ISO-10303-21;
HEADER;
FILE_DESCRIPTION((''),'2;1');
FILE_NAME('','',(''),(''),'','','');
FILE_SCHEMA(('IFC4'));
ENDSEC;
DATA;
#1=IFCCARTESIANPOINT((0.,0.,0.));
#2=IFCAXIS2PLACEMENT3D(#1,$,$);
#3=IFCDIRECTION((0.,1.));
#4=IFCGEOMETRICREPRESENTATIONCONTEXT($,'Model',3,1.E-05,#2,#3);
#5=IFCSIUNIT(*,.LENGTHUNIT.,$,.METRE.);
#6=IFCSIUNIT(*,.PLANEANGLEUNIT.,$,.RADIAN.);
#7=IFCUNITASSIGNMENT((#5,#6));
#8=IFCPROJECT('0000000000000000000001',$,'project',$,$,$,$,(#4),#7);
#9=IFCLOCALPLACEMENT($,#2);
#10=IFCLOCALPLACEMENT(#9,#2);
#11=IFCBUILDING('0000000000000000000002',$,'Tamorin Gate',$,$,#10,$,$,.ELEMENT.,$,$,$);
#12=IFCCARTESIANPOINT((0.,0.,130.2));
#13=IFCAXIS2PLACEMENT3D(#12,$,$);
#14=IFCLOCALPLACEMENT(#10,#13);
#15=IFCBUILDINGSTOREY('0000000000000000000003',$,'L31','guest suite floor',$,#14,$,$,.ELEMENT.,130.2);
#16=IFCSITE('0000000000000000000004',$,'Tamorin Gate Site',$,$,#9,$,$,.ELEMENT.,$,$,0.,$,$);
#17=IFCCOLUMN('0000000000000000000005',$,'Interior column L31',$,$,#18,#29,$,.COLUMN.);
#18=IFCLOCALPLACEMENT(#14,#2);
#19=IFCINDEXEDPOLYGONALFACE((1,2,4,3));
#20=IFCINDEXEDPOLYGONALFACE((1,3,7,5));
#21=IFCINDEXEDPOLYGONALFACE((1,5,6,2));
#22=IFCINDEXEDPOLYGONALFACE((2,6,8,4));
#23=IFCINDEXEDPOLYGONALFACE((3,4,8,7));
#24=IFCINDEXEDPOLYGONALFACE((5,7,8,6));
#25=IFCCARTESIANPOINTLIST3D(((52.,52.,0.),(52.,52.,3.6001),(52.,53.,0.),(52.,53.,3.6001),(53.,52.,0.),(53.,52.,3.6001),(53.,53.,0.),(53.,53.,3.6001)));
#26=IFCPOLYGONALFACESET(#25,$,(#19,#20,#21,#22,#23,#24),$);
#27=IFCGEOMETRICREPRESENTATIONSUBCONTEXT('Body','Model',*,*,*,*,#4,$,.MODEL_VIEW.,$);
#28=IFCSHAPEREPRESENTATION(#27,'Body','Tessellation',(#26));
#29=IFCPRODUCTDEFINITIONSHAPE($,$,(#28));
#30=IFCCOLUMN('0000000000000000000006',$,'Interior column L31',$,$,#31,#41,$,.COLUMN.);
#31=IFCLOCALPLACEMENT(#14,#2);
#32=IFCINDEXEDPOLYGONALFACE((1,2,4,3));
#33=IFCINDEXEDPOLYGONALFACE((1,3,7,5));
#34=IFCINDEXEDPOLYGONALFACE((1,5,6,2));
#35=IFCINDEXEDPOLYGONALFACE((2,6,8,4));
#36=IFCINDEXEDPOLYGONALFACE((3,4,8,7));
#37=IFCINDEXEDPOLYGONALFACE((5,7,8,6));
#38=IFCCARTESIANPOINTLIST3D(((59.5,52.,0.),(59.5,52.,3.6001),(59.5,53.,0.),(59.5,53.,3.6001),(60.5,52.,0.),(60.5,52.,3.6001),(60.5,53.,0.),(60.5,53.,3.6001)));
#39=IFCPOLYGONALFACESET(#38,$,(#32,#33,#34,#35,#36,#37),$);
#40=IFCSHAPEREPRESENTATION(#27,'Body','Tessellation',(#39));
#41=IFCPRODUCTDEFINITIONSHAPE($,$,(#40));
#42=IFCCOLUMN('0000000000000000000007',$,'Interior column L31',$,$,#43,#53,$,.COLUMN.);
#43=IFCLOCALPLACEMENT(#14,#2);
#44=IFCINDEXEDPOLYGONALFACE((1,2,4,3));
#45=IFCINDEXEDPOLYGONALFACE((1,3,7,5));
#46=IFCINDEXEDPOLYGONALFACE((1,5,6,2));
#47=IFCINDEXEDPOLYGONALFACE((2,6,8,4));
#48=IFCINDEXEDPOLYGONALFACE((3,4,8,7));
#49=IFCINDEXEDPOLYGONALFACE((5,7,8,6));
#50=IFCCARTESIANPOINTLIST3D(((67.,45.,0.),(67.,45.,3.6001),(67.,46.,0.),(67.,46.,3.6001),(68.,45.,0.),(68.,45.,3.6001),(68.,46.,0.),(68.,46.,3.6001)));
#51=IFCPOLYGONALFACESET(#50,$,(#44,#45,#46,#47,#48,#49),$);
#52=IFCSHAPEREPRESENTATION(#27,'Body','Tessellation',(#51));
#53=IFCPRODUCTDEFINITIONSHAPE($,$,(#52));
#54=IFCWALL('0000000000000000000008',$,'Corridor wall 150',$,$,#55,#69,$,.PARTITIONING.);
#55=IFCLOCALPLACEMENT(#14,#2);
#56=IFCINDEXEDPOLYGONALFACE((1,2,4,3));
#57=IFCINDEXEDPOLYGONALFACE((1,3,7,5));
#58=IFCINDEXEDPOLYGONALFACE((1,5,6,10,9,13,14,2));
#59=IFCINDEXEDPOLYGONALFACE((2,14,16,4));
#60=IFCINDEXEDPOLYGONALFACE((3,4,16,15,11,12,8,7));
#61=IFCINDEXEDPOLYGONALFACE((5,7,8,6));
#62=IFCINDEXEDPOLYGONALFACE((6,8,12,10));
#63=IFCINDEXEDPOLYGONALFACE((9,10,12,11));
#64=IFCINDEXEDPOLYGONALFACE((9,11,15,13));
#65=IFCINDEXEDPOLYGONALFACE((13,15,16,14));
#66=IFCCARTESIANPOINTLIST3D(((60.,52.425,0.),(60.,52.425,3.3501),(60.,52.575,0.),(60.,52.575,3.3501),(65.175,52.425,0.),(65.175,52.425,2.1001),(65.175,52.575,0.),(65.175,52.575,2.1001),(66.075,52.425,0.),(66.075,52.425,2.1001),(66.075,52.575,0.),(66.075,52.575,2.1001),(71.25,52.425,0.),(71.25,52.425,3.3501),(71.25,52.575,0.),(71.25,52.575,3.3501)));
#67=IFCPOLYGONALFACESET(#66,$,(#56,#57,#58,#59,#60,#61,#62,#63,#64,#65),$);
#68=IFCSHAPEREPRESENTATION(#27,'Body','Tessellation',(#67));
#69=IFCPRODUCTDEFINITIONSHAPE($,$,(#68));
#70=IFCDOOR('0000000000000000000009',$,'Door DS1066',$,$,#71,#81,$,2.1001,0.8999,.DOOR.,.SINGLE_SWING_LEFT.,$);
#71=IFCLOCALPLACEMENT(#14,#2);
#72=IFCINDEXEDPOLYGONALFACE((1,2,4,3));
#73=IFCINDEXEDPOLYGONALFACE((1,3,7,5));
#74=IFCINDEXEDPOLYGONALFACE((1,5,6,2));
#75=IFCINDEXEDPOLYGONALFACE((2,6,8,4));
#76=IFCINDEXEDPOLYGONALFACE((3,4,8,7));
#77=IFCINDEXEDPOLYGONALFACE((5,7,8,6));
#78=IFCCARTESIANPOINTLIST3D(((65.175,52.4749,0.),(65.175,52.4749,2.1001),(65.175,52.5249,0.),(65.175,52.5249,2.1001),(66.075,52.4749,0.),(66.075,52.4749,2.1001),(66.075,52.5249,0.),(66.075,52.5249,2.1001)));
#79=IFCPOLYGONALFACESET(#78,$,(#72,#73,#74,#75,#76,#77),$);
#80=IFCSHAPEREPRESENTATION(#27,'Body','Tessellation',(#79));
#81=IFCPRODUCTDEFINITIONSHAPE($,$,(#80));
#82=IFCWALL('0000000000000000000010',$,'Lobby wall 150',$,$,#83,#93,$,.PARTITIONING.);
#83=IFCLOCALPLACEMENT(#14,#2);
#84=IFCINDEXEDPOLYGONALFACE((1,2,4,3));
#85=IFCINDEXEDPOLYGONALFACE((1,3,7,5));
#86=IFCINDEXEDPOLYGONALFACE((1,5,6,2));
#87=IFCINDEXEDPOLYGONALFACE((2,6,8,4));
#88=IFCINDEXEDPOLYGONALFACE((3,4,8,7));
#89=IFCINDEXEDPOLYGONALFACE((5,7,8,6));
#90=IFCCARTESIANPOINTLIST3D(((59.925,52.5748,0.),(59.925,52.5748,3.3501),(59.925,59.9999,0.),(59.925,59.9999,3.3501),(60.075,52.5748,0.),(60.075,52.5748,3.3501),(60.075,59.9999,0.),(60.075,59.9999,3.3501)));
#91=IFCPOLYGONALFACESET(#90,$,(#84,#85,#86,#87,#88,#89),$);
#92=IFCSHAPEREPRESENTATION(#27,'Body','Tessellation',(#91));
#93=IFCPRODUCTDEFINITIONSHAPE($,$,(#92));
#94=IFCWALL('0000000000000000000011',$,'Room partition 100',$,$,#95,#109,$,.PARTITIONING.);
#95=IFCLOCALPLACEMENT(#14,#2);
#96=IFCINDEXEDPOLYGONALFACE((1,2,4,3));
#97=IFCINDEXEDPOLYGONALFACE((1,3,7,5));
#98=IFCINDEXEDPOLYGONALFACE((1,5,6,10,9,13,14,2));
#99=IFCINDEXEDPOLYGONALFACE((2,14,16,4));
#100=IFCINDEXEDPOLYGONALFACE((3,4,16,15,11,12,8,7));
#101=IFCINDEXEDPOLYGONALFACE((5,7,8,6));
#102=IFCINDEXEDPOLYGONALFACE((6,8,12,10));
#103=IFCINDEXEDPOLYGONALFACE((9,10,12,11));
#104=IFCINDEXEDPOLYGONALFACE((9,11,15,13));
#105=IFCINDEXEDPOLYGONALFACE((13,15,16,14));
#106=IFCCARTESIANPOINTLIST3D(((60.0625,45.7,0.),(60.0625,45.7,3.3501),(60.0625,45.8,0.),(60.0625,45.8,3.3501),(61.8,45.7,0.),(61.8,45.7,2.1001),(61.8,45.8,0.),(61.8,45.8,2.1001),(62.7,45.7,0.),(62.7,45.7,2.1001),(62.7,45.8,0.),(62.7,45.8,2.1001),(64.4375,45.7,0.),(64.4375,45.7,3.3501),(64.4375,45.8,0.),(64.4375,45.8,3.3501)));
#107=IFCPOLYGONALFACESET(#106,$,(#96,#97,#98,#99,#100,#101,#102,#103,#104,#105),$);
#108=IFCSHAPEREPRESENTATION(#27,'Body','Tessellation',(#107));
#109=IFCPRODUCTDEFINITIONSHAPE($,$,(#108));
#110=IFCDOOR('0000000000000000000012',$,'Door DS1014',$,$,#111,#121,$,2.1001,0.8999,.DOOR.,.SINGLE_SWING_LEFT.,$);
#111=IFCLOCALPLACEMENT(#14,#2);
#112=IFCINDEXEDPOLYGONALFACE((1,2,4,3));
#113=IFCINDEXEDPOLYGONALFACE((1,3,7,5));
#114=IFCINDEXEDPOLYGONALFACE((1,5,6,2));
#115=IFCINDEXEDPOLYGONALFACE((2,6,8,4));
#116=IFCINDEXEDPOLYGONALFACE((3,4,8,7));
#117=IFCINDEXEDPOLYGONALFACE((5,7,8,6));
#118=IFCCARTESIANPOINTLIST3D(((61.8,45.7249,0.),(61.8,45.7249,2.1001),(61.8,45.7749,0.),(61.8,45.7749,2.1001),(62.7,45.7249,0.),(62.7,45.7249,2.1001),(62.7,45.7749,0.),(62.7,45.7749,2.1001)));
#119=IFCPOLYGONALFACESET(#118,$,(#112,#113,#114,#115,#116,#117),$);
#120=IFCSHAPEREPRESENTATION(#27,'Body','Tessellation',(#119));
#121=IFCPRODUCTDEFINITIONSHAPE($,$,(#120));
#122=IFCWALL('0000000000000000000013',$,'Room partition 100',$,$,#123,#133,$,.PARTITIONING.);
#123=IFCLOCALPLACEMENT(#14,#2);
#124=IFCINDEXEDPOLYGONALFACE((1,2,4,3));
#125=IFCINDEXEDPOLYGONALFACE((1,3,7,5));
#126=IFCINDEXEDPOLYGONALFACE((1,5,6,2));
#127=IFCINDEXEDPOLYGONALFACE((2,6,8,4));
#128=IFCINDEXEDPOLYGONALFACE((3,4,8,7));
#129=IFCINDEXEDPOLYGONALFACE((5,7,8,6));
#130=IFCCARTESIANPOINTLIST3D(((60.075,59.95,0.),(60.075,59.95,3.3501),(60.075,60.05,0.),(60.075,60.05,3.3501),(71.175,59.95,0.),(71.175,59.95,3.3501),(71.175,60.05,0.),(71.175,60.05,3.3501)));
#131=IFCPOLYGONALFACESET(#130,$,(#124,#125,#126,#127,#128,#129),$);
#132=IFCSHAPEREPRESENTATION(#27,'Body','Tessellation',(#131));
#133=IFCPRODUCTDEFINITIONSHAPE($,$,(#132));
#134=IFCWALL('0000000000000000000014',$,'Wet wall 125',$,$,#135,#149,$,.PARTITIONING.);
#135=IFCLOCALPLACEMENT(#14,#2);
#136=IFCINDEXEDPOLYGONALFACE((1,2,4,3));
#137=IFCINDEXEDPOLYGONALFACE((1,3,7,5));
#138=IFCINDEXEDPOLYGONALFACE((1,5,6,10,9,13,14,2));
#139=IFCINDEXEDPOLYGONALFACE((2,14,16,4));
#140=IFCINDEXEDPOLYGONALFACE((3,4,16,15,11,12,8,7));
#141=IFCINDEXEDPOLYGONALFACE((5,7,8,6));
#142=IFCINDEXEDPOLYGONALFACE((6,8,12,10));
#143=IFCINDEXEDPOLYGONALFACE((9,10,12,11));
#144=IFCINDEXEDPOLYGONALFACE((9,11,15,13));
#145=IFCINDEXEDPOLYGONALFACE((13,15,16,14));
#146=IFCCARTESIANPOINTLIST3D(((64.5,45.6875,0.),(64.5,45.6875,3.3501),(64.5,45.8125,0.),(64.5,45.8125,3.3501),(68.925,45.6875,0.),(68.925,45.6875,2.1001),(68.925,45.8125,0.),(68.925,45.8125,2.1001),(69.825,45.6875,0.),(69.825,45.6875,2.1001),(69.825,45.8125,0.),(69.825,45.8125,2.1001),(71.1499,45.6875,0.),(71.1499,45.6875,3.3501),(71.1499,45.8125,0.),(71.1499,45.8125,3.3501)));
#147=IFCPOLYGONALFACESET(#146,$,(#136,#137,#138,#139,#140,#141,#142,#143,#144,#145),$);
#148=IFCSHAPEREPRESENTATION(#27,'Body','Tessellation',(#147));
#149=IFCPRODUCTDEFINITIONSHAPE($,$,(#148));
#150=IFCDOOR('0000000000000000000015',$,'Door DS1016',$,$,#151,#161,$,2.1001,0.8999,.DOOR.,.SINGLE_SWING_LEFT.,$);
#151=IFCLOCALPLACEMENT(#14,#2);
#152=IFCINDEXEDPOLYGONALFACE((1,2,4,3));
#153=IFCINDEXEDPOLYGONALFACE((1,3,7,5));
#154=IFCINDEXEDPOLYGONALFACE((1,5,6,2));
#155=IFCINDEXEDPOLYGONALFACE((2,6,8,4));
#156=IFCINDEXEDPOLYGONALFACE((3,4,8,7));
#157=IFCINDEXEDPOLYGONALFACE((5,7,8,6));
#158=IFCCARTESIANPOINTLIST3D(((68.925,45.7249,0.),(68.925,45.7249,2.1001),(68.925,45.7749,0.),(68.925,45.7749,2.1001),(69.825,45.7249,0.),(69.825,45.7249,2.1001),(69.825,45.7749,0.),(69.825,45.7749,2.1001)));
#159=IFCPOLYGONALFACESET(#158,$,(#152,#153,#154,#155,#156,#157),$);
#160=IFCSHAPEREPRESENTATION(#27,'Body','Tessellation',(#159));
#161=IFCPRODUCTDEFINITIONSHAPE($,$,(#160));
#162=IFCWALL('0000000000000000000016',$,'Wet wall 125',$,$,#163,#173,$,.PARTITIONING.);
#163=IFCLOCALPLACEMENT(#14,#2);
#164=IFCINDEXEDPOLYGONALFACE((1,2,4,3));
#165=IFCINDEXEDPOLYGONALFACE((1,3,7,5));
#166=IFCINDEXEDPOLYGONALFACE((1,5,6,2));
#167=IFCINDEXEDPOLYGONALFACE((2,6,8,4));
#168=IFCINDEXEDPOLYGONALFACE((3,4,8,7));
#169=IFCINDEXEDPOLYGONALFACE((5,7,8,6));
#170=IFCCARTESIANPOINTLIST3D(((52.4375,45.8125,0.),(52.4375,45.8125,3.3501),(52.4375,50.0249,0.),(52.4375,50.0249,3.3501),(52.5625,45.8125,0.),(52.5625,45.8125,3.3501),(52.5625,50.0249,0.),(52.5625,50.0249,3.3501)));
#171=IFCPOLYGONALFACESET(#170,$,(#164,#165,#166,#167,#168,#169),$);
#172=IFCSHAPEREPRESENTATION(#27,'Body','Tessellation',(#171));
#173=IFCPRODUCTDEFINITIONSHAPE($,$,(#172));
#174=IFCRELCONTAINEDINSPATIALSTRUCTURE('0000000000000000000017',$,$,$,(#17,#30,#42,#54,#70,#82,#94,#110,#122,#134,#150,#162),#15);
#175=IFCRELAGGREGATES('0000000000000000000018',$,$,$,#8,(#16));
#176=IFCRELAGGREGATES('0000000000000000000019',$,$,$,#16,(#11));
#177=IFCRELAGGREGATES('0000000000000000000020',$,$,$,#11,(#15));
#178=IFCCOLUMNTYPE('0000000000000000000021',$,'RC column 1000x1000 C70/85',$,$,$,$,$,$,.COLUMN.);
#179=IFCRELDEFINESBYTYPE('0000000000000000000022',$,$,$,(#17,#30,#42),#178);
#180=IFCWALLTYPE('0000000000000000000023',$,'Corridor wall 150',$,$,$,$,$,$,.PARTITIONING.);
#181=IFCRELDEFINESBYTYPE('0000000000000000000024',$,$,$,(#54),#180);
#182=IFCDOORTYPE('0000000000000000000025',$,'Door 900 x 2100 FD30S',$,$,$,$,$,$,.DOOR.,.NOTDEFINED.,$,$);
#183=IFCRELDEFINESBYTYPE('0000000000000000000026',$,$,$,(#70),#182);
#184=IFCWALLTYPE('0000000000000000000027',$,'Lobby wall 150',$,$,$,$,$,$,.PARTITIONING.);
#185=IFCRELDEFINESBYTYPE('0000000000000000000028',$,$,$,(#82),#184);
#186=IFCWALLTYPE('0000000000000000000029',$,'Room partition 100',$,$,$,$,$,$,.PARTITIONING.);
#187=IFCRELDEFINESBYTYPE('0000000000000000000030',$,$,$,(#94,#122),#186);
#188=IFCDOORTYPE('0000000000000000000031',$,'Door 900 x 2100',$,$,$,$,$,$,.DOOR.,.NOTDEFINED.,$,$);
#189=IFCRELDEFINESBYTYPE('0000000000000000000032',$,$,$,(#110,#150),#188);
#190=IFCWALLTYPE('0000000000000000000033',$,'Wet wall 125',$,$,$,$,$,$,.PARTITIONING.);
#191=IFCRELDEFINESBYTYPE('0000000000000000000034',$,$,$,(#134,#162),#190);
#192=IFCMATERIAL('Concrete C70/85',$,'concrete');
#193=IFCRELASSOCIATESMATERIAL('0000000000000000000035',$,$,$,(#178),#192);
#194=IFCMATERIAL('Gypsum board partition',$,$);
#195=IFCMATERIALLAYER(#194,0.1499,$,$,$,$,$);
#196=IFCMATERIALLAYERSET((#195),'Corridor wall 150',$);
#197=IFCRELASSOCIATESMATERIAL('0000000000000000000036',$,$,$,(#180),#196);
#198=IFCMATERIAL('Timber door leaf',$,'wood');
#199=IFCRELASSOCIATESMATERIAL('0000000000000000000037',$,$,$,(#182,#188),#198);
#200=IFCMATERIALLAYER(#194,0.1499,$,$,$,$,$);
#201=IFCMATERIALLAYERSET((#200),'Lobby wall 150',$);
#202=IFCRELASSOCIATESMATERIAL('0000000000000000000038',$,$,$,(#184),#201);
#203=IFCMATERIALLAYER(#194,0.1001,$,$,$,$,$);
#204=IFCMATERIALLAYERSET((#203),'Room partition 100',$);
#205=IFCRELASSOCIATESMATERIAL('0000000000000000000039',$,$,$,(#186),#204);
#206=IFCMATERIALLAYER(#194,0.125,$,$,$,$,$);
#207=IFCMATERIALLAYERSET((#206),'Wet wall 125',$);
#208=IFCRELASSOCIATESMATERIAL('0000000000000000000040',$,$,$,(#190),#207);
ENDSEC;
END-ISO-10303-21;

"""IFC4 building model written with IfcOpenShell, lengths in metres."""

from ifc_helpers import new_model, si_unit, direction, frame, frame_2d, origin, origin_2d, place, context, subcontext, project, spatial, rectangle, extrude, material, layer, layer_set, material_profile, profile_set, type_object, element, fill, save


model = new_model("IFC4")

# Units and contexts
model_context = context("Model", 3, precision=1e-05, world=origin(), true_north=direction((0.0, 1.0)))
body_context = subcontext(model_context, "Body", "Model", "MODEL_VIEW")
ifc_project = project(units=[si_unit("LENGTHUNIT", "METRE"), si_unit("PLANEANGLEUNIT", "RADIAN")], contexts=[model_context])

# Site, building, storey
site_placement = place(None, origin())
site = spatial("IfcSite", under=ifc_project, at=site_placement, Name="Tamorin Gate Site", CompositionType="ELEMENT", RefElevation=0.0)
building_placement = place(site_placement, origin())
building = spatial("IfcBuilding", under=site, at=building_placement, Name="Tamorin Gate", CompositionType="ELEMENT")
storey_placement = place(building_placement, frame((0.0, 0.0, 130.2)))
storey = spatial("IfcBuildingStorey", under=building, at=storey_placement, Name="L31", Description="guest suite floor", CompositionType="ELEMENT", Elevation=130.2)

# Columns
ifc_material_1 = material(Name="Concrete C70/85", Category="concrete")
ifc_material_profile = material_profile(ifc_material_1, rectangle(XDim=1.0, YDim=1.0, at=origin_2d()), Name="RC 1000x1000")
ifc_profile_set = profile_set([ifc_material_profile], Name="Concrete C70/85")
column_type = type_object("IfcColumnType", Name="RC column 1000x1000 C70/85", PredefinedType="COLUMN", material=ifc_profile_set)
for number, where, z_axis, x_axis, name in (
    (1, (52.5, 52.5, 0.0), (0.0, 0.0, 1.0), (1.0, 0.0, 0.0), "Interior column L31"),
    (2, (60.0, 52.5, 0.0), (0.0, 0.0, 1.0), (1.0, 0.0, 0.0), "Interior column L31"),
    (3, (67.5, 45.5, 0.0), (0.0, 0.0, 1.0), (1.0, 0.0, 0.0), "Interior column L31"),
):
    element("IfcColumn", number, at=place(storey_placement, frame(where, z_axis=z_axis, x_axis=x_axis)), inside=storey, type_object=column_type, Name=name, PredefinedType="COLUMN", context=body_context, shape_type="SweptSolid", body=[
        extrude(rectangle(XDim=1.0, YDim=1.0, at=origin_2d()), origin(), (0.0, 0.0, 1.0), 3.6001),
    ])

# Wall, opening, door
ifc_material_2 = material(Name="Gypsum board partition")
ifc_layer_1 = layer(ifc_material_2, 0.1499)
ifc_layer_set_1 = layer_set([ifc_layer_1], Name="Corridor wall 150")
wall_type_1 = type_object("IfcWallType", Name="Corridor wall 150", PredefinedType="PARTITIONING", material=ifc_layer_set_1)
wall_1_placement = place(storey_placement, frame((60.0, 52.5, 0.0), z_axis=(0.0, 0.0, 1.0), x_axis=(1.0, 0.0, 0.0)))
wall_1 = element("IfcWall", 4, at=wall_1_placement, inside=storey, type_object=wall_type_1, Name="Corridor wall 150", PredefinedType="PARTITIONING", context=body_context, shape_type="SweptSolid", body=[
    extrude(rectangle(XDim=11.25, YDim=0.1499, at=frame_2d((5.625, 0.0))), origin(), (0.0, 0.0, 1.0), 3.3501),
])
opening_1_placement = place(wall_1_placement, frame((5.175, 0.0, 0.0)))
opening_1 = element("IfcOpeningElement", 5, at=opening_1_placement, cuts=wall_1, PredefinedType="OPENING", context=body_context, shape_type="SweptSolid", body=[
    extrude(rectangle(XDim=0.8999, YDim=2.1001, at=frame_2d((0.45, 1.05))), frame((0.0, 0.085, 0.0), z_axis=(0.0, -1.0, 0.0), x_axis=(1.0, 0.0, 0.0)), (0.0, 0.0, 1.0), 0.1699),
])
ifc_material_3 = material(Name="Timber door leaf", Category="wood")
door_type_1 = type_object("IfcDoorType", Name="Door 900 x 2100 FD30S", OperationType="NOTDEFINED", PredefinedType="DOOR", material=ifc_material_3)
door_1_placement = place(opening_1_placement, origin())
door_1 = element("IfcDoor", 6, at=door_1_placement, inside=storey, type_object=door_type_1, Name="Door DS1066", OperationType="SINGLE_SWING_LEFT", OverallHeight=2.1001, OverallWidth=0.8999, PredefinedType="DOOR", context=body_context, shape_type="SweptSolid", body=[
    extrude(rectangle(XDim=0.8999, YDim=2.1001, at=frame_2d((0.45, 1.05))), frame((0.0, 0.0249, 0.0), z_axis=(0.0, -1.0, 0.0), x_axis=(1.0, 0.0, 0.0)), (0.0, 0.0, 1.0), 0.05),
])
fill(opening_1, door_1)

# Wall
ifc_layer_2 = layer(ifc_material_2, 0.1499)
ifc_layer_set_2 = layer_set([ifc_layer_2], Name="Lobby wall 150")
wall_type_2 = type_object("IfcWallType", Name="Lobby wall 150", PredefinedType="PARTITIONING", material=ifc_layer_set_2)
wall_2_placement = place(storey_placement, frame((60.0, 52.575, 0.0), z_axis=(0.0, 0.0, 1.0), x_axis=(0.0, 1.0, 0.0)))
element("IfcWall", 7, at=wall_2_placement, inside=storey, type_object=wall_type_2, Name="Lobby wall 150", PredefinedType="PARTITIONING", context=body_context, shape_type="SweptSolid", body=[
    extrude(rectangle(XDim=7.425, YDim=0.1499, at=frame_2d((3.7124, 0.0))), origin(), (0.0, 0.0, 1.0), 3.3501),
])

# Wall, opening, door
ifc_layer_3 = layer(ifc_material_2, 0.1001)
ifc_layer_set_3 = layer_set([ifc_layer_3], Name="Room partition 100")
wall_type_3 = type_object("IfcWallType", Name="Room partition 100", PredefinedType="PARTITIONING", material=ifc_layer_set_3)
wall_3_placement = place(storey_placement, frame((60.0625, 45.75, 0.0), z_axis=(0.0, 0.0, 1.0), x_axis=(1.0, 0.0, 0.0)))
wall_3 = element("IfcWall", 8, at=wall_3_placement, inside=storey, type_object=wall_type_3, Name="Room partition 100", PredefinedType="PARTITIONING", context=body_context, shape_type="SweptSolid", body=[
    extrude(rectangle(XDim=4.375, YDim=0.1001, at=frame_2d((2.1875, 0.0))), origin(), (0.0, 0.0, 1.0), 3.3501),
])
opening_2_placement = place(wall_3_placement, frame((1.7375, 0.0, 0.0)))
opening_2 = element("IfcOpeningElement", 9, at=opening_2_placement, cuts=wall_3, PredefinedType="OPENING", context=body_context, shape_type="SweptSolid", body=[
    extrude(rectangle(XDim=0.8999, YDim=2.1001, at=frame_2d((0.45, 1.05))), frame((0.0, 0.0601, 0.0), z_axis=(0.0, -1.0, 0.0), x_axis=(1.0, 0.0, 0.0)), (0.0, 0.0, 1.0), 0.1201),
])
door_type_2 = type_object("IfcDoorType", Name="Door 900 x 2100", OperationType="NOTDEFINED", PredefinedType="DOOR", material=ifc_material_3)
door_2_placement = place(opening_2_placement, origin())
door_2 = element("IfcDoor", 10, at=door_2_placement, inside=storey, type_object=door_type_2, Name="Door DS1014", OperationType="SINGLE_SWING_LEFT", OverallHeight=2.1001, OverallWidth=0.8999, PredefinedType="DOOR", context=body_context, shape_type="SweptSolid", body=[
    extrude(rectangle(XDim=0.8999, YDim=2.1001, at=frame_2d((0.45, 1.05))), frame((0.0, 0.0249, 0.0), z_axis=(0.0, -1.0, 0.0), x_axis=(1.0, 0.0, 0.0)), (0.0, 0.0, 1.0), 0.05),
])
fill(opening_2, door_2)

# Wall
wall_4_placement = place(storey_placement, frame((60.075, 60.0, 0.0), z_axis=(0.0, 0.0, 1.0), x_axis=(1.0, 0.0, 0.0)))
element("IfcWall", 11, at=wall_4_placement, inside=storey, type_object=wall_type_3, Name="Room partition 100", PredefinedType="PARTITIONING", context=body_context, shape_type="SweptSolid", body=[
    extrude(rectangle(XDim=11.1001, YDim=0.1001, at=frame_2d((5.55, 0.0))), origin(), (0.0, 0.0, 1.0), 3.3501),
])

# Wall, opening, door
ifc_layer_4 = layer(ifc_material_2, 0.125)
ifc_layer_set_4 = layer_set([ifc_layer_4], Name="Wet wall 125")
wall_type_4 = type_object("IfcWallType", Name="Wet wall 125", PredefinedType="PARTITIONING", material=ifc_layer_set_4)
wall_5_placement = place(storey_placement, frame((64.5, 45.75, 0.0), z_axis=(0.0, 0.0, 1.0), x_axis=(1.0, 0.0, 0.0)))
wall_5 = element("IfcWall", 12, at=wall_5_placement, inside=storey, type_object=wall_type_4, Name="Wet wall 125", PredefinedType="PARTITIONING", context=body_context, shape_type="SweptSolid", body=[
    extrude(rectangle(XDim=6.6499, YDim=0.125, at=frame_2d((3.325, 0.0))), origin(), (0.0, 0.0, 1.0), 3.3501),
])
opening_3_placement = place(wall_5_placement, frame((4.425, 0.0, 0.0)))
opening_3 = element("IfcOpeningElement", 13, at=opening_3_placement, cuts=wall_5, PredefinedType="OPENING", context=body_context, shape_type="SweptSolid", body=[
    extrude(rectangle(XDim=0.8999, YDim=2.1001, at=frame_2d((0.45, 1.05))), frame((0.0, 0.0725, 0.0), z_axis=(0.0, -1.0, 0.0), x_axis=(1.0, 0.0, 0.0)), (0.0, 0.0, 1.0), 0.145),
])
door_3_placement = place(opening_3_placement, origin())
door_3 = element("IfcDoor", 14, at=door_3_placement, inside=storey, type_object=door_type_2, Name="Door DS1016", OperationType="SINGLE_SWING_LEFT", OverallHeight=2.1001, OverallWidth=0.8999, PredefinedType="DOOR", context=body_context, shape_type="SweptSolid", body=[
    extrude(rectangle(XDim=0.8999, YDim=2.1001, at=frame_2d((0.45, 1.05))), frame((0.0, 0.0249, 0.0), z_axis=(0.0, -1.0, 0.0), x_axis=(1.0, 0.0, 0.0)), (0.0, 0.0, 1.0), 0.05),
])
fill(opening_3, door_3)

# Wall
for number, where, z_axis, x_axis, name in (
    (15, (52.5, 45.8125, 0.0), (0.0, 0.0, 1.0), (0.0, 1.0, 0.0), "Wet wall 125"),
):
    element("IfcWall", number, at=place(storey_placement, frame(where, z_axis=z_axis, x_axis=x_axis)), inside=storey, type_object=wall_type_4, Name=name, PredefinedType="PARTITIONING", context=body_context, shape_type="SweptSolid", body=[
        extrude(rectangle(XDim=4.2124, YDim=0.125, at=frame_2d((2.1062, 0.0))), origin(), (0.0, 0.0, 1.0), 3.3501),
    ])

save(model, "model.ifc")
